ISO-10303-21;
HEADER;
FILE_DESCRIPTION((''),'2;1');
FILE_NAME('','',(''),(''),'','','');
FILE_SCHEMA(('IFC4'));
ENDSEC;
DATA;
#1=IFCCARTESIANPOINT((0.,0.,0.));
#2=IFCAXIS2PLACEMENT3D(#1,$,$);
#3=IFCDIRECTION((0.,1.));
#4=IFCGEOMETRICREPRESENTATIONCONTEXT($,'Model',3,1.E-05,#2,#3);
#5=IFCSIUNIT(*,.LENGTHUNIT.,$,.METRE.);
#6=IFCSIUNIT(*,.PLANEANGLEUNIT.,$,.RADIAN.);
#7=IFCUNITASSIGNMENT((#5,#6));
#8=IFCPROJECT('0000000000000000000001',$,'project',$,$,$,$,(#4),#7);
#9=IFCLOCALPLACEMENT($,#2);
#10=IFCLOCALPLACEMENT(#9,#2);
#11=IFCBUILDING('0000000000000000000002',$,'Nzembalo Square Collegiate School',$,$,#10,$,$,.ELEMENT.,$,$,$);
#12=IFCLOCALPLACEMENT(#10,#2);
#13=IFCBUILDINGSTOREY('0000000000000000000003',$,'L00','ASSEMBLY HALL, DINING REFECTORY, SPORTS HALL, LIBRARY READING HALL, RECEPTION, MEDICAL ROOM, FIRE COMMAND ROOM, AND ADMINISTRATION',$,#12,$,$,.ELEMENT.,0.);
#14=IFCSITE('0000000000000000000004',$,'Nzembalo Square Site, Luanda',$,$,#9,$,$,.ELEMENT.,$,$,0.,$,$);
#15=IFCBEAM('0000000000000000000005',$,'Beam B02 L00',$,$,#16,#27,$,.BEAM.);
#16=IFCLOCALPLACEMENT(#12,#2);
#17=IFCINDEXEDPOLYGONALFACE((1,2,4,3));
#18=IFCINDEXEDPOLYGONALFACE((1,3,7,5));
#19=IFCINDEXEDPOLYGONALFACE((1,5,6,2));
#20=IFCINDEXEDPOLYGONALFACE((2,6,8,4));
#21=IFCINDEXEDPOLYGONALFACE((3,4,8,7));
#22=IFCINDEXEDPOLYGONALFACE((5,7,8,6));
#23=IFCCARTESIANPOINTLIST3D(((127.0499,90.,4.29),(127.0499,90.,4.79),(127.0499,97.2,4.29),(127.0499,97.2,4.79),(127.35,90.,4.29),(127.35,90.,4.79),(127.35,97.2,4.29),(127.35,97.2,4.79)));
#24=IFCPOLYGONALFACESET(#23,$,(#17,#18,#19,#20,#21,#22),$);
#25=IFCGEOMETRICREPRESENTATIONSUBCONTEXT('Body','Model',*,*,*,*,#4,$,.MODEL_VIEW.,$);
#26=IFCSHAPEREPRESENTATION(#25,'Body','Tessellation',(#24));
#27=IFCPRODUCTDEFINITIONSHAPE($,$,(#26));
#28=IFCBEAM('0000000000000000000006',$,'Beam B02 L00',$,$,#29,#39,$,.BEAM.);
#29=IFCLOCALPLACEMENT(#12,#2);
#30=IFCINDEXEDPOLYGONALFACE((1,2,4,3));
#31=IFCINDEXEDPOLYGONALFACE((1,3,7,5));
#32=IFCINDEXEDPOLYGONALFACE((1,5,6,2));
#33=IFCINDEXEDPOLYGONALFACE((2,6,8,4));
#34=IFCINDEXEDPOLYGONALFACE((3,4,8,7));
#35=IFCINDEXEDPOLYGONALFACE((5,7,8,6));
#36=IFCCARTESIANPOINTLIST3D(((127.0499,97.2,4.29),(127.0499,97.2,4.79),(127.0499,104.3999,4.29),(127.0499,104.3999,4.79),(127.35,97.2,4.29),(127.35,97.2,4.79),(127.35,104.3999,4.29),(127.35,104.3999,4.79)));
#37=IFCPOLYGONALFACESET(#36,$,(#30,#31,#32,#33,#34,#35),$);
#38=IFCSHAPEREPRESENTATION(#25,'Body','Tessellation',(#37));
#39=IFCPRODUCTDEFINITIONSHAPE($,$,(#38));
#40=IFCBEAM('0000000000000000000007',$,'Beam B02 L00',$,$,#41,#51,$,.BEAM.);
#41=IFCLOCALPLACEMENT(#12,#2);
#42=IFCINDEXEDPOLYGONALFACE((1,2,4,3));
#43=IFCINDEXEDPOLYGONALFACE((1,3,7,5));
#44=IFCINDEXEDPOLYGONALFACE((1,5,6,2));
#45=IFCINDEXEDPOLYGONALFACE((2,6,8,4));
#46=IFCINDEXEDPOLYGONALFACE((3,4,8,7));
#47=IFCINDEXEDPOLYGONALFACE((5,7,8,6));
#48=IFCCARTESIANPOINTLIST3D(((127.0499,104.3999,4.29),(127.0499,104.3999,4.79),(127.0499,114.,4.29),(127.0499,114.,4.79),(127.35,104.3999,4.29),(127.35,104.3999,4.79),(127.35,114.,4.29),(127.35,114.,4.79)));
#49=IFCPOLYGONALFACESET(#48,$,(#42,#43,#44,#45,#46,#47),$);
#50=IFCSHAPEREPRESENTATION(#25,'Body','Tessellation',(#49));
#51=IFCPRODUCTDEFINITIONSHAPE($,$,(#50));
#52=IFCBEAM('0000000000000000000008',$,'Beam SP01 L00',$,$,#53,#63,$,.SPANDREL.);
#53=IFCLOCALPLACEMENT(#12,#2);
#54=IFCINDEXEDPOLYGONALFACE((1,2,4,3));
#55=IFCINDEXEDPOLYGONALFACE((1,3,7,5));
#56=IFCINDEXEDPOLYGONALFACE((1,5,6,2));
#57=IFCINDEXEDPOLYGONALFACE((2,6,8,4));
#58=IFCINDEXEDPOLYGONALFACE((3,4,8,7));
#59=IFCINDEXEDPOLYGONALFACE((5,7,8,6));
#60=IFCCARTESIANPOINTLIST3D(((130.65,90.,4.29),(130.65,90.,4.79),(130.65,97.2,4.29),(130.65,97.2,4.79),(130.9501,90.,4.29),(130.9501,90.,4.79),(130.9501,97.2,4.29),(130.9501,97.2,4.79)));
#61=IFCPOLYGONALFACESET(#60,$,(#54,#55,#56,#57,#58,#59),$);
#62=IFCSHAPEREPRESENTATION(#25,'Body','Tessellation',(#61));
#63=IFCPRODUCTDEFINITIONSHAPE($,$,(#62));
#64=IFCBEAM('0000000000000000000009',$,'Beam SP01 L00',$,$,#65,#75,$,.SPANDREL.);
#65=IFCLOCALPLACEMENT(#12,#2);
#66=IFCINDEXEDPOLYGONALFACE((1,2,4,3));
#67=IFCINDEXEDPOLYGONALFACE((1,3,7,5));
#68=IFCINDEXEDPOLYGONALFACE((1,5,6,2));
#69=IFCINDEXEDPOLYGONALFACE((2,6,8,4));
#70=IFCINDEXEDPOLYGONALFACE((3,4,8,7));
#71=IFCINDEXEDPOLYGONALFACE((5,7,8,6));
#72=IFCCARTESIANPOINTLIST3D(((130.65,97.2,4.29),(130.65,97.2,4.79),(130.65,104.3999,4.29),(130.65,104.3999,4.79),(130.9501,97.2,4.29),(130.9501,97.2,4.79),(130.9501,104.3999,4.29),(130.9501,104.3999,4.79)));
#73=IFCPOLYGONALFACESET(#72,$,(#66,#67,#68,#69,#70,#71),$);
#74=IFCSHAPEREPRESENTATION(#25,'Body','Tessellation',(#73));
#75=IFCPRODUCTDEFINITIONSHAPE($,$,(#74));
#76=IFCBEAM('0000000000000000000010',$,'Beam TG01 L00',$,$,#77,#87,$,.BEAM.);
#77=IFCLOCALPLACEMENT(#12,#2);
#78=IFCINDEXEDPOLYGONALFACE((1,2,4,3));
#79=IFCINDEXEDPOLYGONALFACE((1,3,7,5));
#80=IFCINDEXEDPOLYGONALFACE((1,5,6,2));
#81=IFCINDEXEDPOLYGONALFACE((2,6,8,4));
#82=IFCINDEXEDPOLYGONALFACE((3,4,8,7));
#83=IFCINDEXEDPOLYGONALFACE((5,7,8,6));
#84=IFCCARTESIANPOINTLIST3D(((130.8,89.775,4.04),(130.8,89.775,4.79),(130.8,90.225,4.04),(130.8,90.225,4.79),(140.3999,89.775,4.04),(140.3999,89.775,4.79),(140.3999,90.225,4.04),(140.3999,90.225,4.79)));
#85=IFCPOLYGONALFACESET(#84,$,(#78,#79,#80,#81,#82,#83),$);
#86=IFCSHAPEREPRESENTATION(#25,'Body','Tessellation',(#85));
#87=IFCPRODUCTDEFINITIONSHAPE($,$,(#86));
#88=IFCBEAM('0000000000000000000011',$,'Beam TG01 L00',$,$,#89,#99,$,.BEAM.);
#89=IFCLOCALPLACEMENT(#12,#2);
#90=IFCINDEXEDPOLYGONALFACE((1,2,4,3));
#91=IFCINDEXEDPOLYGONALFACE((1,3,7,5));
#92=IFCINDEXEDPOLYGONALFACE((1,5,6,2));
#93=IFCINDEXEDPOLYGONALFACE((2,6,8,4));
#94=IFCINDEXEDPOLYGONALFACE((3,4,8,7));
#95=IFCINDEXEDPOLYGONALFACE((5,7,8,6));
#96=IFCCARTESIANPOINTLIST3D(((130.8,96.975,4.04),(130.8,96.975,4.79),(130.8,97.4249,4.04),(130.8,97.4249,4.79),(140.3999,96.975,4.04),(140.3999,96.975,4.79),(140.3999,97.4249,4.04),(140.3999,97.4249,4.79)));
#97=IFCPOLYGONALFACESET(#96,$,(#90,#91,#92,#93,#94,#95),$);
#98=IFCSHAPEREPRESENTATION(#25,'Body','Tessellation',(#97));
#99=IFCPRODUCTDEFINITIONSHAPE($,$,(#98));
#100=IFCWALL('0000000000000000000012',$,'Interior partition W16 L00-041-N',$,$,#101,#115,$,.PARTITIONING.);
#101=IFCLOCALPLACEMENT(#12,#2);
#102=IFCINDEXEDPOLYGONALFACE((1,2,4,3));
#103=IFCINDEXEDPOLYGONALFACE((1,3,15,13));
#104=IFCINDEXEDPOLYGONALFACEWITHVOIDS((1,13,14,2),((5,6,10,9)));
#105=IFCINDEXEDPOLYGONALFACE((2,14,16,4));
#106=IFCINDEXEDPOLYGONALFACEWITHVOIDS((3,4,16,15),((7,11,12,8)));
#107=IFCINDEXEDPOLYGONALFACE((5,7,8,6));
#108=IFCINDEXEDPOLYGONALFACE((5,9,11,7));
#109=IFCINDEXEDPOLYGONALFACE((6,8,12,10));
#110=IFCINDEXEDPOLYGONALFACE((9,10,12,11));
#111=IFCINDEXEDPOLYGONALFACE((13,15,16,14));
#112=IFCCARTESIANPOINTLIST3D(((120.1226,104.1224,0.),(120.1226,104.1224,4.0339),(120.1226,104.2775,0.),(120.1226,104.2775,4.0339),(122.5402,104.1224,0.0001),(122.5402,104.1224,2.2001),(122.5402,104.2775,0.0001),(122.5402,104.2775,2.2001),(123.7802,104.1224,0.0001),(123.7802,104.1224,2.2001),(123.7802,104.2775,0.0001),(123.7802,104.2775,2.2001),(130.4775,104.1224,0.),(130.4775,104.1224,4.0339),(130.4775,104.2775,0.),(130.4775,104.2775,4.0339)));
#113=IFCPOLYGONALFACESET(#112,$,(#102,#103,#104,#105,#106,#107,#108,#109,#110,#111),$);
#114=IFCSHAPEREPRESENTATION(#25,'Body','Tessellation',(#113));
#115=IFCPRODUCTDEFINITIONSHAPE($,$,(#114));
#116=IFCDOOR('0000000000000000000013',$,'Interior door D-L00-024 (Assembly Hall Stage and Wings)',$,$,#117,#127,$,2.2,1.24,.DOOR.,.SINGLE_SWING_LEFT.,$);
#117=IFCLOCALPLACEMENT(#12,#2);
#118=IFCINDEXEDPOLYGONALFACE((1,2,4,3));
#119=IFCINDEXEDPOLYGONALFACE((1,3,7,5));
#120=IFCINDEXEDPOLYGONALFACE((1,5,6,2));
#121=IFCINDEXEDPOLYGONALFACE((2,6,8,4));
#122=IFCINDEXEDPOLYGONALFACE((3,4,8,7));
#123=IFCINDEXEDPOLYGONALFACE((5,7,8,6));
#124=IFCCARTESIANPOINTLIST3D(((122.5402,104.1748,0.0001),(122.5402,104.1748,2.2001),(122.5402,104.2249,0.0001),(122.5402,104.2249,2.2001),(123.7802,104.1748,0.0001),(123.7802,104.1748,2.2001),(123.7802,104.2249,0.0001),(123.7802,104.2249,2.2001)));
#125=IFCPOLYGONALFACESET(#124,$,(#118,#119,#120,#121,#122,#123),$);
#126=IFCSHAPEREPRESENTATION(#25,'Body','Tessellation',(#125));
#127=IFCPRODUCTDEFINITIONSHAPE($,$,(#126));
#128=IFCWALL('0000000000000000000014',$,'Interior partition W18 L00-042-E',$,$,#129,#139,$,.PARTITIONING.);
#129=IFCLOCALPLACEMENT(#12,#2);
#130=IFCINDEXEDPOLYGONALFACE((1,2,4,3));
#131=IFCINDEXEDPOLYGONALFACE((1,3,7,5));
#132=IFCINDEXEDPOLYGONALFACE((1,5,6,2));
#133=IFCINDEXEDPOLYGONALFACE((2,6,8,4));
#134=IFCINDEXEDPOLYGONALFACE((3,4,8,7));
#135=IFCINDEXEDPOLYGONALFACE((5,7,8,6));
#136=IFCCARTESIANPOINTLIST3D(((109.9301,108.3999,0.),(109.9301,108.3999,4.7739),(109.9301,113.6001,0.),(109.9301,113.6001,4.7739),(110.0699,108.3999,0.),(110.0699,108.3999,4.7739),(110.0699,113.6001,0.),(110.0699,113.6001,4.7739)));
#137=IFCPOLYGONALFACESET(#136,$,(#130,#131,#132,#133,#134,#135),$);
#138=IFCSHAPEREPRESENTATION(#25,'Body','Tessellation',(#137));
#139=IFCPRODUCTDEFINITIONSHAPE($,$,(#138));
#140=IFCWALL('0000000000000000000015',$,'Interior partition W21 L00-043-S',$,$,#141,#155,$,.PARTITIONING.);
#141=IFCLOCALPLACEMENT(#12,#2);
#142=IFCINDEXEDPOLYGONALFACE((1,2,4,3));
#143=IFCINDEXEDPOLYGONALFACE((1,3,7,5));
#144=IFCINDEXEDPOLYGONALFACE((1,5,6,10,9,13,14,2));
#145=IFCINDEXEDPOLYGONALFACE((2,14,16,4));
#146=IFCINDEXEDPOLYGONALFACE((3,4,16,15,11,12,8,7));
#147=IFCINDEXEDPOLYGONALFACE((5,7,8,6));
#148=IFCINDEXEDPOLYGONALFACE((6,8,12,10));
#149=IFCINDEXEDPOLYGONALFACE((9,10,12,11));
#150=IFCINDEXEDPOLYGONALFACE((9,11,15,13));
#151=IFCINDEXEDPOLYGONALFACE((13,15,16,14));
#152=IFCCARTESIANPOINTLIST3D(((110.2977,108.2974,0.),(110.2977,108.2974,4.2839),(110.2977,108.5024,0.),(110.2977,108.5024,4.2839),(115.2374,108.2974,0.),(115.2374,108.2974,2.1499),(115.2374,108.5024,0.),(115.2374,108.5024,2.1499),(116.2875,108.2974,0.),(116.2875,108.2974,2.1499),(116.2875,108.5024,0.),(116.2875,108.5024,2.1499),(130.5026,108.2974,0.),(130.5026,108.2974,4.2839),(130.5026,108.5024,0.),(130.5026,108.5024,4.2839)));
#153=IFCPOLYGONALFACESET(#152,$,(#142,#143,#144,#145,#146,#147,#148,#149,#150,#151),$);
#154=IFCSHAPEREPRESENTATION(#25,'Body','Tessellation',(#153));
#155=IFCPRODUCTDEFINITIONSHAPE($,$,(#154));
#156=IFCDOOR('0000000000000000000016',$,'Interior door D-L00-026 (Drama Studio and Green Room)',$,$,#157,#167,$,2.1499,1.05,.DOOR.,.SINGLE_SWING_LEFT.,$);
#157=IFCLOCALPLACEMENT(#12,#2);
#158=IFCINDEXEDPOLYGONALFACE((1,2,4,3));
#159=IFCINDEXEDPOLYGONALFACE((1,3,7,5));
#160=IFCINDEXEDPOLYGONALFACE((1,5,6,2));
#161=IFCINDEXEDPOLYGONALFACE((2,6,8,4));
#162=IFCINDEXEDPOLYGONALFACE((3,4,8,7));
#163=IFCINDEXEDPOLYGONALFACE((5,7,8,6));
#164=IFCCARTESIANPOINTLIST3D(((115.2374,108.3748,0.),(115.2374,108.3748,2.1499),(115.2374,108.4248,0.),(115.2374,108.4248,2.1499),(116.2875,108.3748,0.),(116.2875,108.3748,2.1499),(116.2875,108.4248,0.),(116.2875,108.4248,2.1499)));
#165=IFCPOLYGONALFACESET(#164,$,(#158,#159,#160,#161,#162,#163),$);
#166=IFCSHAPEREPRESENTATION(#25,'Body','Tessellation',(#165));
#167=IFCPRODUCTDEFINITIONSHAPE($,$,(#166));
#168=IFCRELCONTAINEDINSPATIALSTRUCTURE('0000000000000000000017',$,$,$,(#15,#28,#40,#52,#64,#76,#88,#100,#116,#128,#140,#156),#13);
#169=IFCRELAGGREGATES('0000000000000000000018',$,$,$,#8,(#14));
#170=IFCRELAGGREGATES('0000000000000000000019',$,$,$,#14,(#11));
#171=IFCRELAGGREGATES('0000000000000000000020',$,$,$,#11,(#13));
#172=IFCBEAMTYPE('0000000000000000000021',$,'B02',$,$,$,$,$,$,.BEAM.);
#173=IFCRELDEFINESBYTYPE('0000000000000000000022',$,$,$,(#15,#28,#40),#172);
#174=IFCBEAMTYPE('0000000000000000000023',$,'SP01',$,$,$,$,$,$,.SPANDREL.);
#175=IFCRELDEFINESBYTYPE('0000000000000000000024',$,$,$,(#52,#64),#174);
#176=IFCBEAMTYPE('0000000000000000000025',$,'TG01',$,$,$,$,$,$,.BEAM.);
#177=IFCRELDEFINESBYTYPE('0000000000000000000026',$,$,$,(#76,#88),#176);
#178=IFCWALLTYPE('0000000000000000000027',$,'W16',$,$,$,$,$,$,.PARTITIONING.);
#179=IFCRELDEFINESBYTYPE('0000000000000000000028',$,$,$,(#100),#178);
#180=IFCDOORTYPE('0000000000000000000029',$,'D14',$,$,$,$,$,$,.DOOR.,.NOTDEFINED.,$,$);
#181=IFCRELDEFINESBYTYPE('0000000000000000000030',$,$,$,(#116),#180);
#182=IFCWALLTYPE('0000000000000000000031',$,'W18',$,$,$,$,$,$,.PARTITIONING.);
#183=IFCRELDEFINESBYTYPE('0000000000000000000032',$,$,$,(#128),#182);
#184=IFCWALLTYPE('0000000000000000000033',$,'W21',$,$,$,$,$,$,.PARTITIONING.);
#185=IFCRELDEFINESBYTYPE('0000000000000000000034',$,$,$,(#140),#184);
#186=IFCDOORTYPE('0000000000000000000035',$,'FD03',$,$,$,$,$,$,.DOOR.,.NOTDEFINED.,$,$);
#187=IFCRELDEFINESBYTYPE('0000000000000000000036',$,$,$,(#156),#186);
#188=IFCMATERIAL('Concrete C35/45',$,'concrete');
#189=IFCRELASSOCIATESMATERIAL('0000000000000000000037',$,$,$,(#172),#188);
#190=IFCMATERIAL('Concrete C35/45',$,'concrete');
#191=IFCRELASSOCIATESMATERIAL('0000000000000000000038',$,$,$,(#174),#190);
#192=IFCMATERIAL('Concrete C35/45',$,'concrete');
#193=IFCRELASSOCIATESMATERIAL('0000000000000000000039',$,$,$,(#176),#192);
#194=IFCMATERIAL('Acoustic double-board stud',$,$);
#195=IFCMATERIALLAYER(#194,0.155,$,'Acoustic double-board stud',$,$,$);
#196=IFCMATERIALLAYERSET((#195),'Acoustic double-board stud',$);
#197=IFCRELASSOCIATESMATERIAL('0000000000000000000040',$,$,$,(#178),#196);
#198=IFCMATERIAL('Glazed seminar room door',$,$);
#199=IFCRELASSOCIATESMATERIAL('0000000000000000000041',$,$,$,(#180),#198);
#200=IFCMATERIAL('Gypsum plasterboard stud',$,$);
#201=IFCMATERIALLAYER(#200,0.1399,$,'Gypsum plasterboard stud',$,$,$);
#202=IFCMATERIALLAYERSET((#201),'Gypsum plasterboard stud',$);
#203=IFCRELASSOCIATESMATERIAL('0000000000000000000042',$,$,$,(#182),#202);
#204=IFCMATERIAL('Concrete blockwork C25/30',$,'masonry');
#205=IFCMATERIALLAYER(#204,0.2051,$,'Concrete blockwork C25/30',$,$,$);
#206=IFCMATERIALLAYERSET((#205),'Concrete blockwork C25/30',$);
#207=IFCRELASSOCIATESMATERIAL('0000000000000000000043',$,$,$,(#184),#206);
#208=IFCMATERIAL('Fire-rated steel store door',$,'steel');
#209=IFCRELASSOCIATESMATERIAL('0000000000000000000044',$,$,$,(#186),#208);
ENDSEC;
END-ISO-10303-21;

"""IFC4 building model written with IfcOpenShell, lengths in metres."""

from ifc_helpers import new_model, si_unit, direction, frame, frame_2d, origin, origin_2d, place, context, subcontext, project, spatial, rectangle, extrude, material, layer, layer_set, material_profile, profile_set, type_object, element, fill, save


model = new_model("IFC4")

# Units and contexts
model_context = context("Model", 3, precision=1e-05, world=origin(), true_north=direction((0.0, 1.0)))
body_context = subcontext(model_context, "Body", "Model", "MODEL_VIEW")
ifc_project = project(units=[si_unit("LENGTHUNIT", "METRE"), si_unit("PLANEANGLEUNIT", "RADIAN")], contexts=[model_context])

# Site, building, storey
site_placement = place(None, origin())
site = spatial("IfcSite", under=ifc_project, at=site_placement, Name="Nzembalo Square Site, Luanda", CompositionType="ELEMENT", RefElevation=0.0)
building_placement = place(site_placement, origin())
building = spatial("IfcBuilding", under=site, at=building_placement, Name="Nzembalo Square Collegiate School", CompositionType="ELEMENT")
storey_placement = place(building_placement, origin())
storey = spatial("IfcBuildingStorey", under=building, at=storey_placement, Name="L00", Description="ASSEMBLY HALL, DINING REFECTORY, SPORTS HALL, LIBRARY READING HALL, RECEPTION, MEDICAL ROOM, FIRE COMMAND ROOM, AND ADMINISTRATION", CompositionType="ELEMENT", Elevation=0.0)

# Beams
ifc_material_1 = material(Name="Concrete C35/45", Category="concrete")
ifc_material_profile_1 = material_profile(ifc_material_1, rectangle(XDim=0.3, YDim=0.5, at=origin_2d()), Name="RC 300x500")
ifc_profile_set_1 = profile_set([ifc_material_profile_1], Name="Concrete C35/45")
beam_type_1 = type_object("IfcBeamType", Name="B02", PredefinedType="BEAM", material=ifc_profile_set_1)
for number, where, z_axis, x_axis, name in (
    (1, (127.2, 90.0, 4.54), (0.0, 1.0, 0.0), (-1.0, 0.0, 0.0), "Beam B02 L00"),
    (2, (127.2, 97.2, 4.54), (0.0, 1.0, 0.0), (-1.0, 0.0, 0.0), "Beam B02 L00"),
):
    element("IfcBeam", number, at=place(storey_placement, frame(where, z_axis=z_axis, x_axis=x_axis)), inside=storey, type_object=beam_type_1, Name=name, PredefinedType="BEAM", context=body_context, shape_type="SweptSolid", body=[
        extrude(rectangle(XDim=0.3, YDim=0.5, at=origin_2d()), origin(), (0.0, 0.0, 1.0), 7.2),
    ])
beam_1_placement = place(storey_placement, frame((127.2, 104.3999, 4.54), z_axis=(0.0, 1.0, 0.0), x_axis=(-1.0, 0.0, 0.0)))
element("IfcBeam", 3, at=beam_1_placement, inside=storey, type_object=beam_type_1, Name="Beam B02 L00", PredefinedType="BEAM", context=body_context, shape_type="SweptSolid", body=[
    extrude(rectangle(XDim=0.3, YDim=0.5, at=origin_2d()), origin(), (0.0, 0.0, 1.0), 9.6001),
])
ifc_material_2 = material(Name="Concrete C35/45", Category="concrete")
ifc_material_profile_2 = material_profile(ifc_material_2, rectangle(XDim=0.3, YDim=0.5, at=origin_2d()), Name="RC 300x500")
ifc_profile_set_2 = profile_set([ifc_material_profile_2], Name="Concrete C35/45")
beam_type_2 = type_object("IfcBeamType", Name="SP01", PredefinedType="SPANDREL", material=ifc_profile_set_2)
for number, where, z_axis, x_axis, name in (
    (4, (130.8, 90.0, 4.54), (0.0, 1.0, 0.0), (-1.0, 0.0, 0.0), "Beam SP01 L00"),
    (5, (130.8, 97.2, 4.54), (0.0, 1.0, 0.0), (-1.0, 0.0, 0.0), "Beam SP01 L00"),
):
    element("IfcBeam", number, at=place(storey_placement, frame(where, z_axis=z_axis, x_axis=x_axis)), inside=storey, type_object=beam_type_2, Name=name, PredefinedType="SPANDREL", context=body_context, shape_type="SweptSolid", body=[
        extrude(rectangle(XDim=0.3, YDim=0.5, at=origin_2d()), origin(), (0.0, 0.0, 1.0), 7.2),
    ])
ifc_material_3 = material(Name="Concrete C35/45", Category="concrete")
ifc_material_profile_3 = material_profile(ifc_material_3, rectangle(XDim=0.45, YDim=0.75, at=origin_2d()), Name="RC 450x750")
ifc_profile_set_3 = profile_set([ifc_material_profile_3], Name="Concrete C35/45")
beam_type_3 = type_object("IfcBeamType", Name="TG01", PredefinedType="BEAM", material=ifc_profile_set_3)
for number, where, z_axis, x_axis, name in (
    (6, (130.8, 90.0, 4.415), (1.0, 0.0, 0.0), (0.0, 1.0, 0.0), "Beam TG01 L00"),
    (7, (130.8, 97.2, 4.415), (1.0, 0.0, 0.0), (0.0, 1.0, 0.0), "Beam TG01 L00"),
):
    element("IfcBeam", number, at=place(storey_placement, frame(where, z_axis=z_axis, x_axis=x_axis)), inside=storey, type_object=beam_type_3, Name=name, PredefinedType="BEAM", context=body_context, shape_type="SweptSolid", body=[
        extrude(rectangle(XDim=0.45, YDim=0.75, at=origin_2d()), origin(), (0.0, 0.0, 1.0), 9.5999),
    ])

# Wall, opening, door
ifc_material_4 = material(Name="Acoustic double-board stud")
ifc_layer_1 = layer(ifc_material_4, 0.155, Name="Acoustic double-board stud")
ifc_layer_set_1 = layer_set([ifc_layer_1], Name="Acoustic double-board stud")
wall_type_1 = type_object("IfcWallType", Name="W16", PredefinedType="PARTITIONING", material=ifc_layer_set_1)
wall_1_placement = place(storey_placement, frame((120.1226, 104.2, 0.0), z_axis=(0.0, 0.0, 1.0), x_axis=(1.0, 0.0, 0.0)))
wall_1 = element("IfcWall", 8, at=wall_1_placement, inside=storey, type_object=wall_type_1, Name="Interior partition W16 L00-041-N", PredefinedType="PARTITIONING", context=body_context, shape_type="SweptSolid", body=[
    extrude(rectangle(XDim=10.355, YDim=0.155, at=frame_2d((5.1775, 0.0))), origin(), (0.0, 0.0, 1.0), 4.0339),
])
opening_1_placement = place(wall_1_placement, frame((2.4175, 0.0, 0.0)))
opening_1 = element("IfcOpeningElement", 9, at=opening_1_placement, cuts=wall_1, PredefinedType="OPENING", context=body_context, shape_type="SweptSolid", body=[
    extrude(rectangle(XDim=1.24, YDim=2.2, at=frame_2d((0.6201, 1.1001))), frame((0.0, 0.0874, 0.0), z_axis=(0.0, -1.0, 0.0), x_axis=(1.0, 0.0, 0.0)), (0.0, 0.0, 1.0), 0.175),
])
ifc_material_5 = material(Name="Glazed seminar room door")
door_type_1 = type_object("IfcDoorType", Name="D14", OperationType="NOTDEFINED", PredefinedType="DOOR", material=ifc_material_5)
door_1_placement = place(opening_1_placement, origin())
door_1 = element("IfcDoor", 10, at=door_1_placement, inside=storey, type_object=door_type_1, Name="Interior door D-L00-024 (Assembly Hall Stage and Wings)", OperationType="SINGLE_SWING_LEFT", OverallHeight=2.2, OverallWidth=1.24, PredefinedType="DOOR", context=body_context, shape_type="SweptSolid", body=[
    extrude(rectangle(XDim=1.24, YDim=2.2, at=frame_2d((0.6201, 1.1001))), frame((0.0, 0.0249, 0.0), z_axis=(0.0, -1.0, 0.0), x_axis=(1.0, 0.0, 0.0)), (0.0, 0.0, 1.0), 0.05),
])
fill(opening_1, door_1)

# Wall
ifc_material_6 = material(Name="Gypsum plasterboard stud")
ifc_layer_2 = layer(ifc_material_6, 0.1399, Name="Gypsum plasterboard stud")
ifc_layer_set_2 = layer_set([ifc_layer_2], Name="Gypsum plasterboard stud")
wall_type_2 = type_object("IfcWallType", Name="W18", PredefinedType="PARTITIONING", material=ifc_layer_set_2)
wall_2_placement = place(storey_placement, frame((110.0, 108.3999, 0.0), z_axis=(0.0, 0.0, 1.0), x_axis=(0.0, 1.0, 0.0)))
element("IfcWall", 11, at=wall_2_placement, inside=storey, type_object=wall_type_2, Name="Interior partition W18 L00-042-E", PredefinedType="PARTITIONING", context=body_context, shape_type="SweptSolid", body=[
    extrude(rectangle(XDim=5.2002, YDim=0.1399, at=frame_2d((2.6001, 0.0))), origin(), (0.0, 0.0, 1.0), 4.7739),
])

# Wall, opening, door
ifc_material_7 = material(Name="Concrete blockwork C25/30", Category="masonry")
ifc_layer_3 = layer(ifc_material_7, 0.2051, Name="Concrete blockwork C25/30")
ifc_layer_set_3 = layer_set([ifc_layer_3], Name="Concrete blockwork C25/30")
wall_type_3 = type_object("IfcWallType", Name="W21", PredefinedType="PARTITIONING", material=ifc_layer_set_3)
wall_3_placement = place(storey_placement, frame((110.2976, 108.3999, 0.0), z_axis=(0.0, 0.0, 1.0), x_axis=(1.0, 0.0, 0.0)))
wall_3 = element("IfcWall", 12, at=wall_3_placement, inside=storey, type_object=wall_type_3, Name="Interior partition W21 L00-043-S", PredefinedType="PARTITIONING", context=body_context, shape_type="SweptSolid", body=[
    extrude(rectangle(XDim=20.2048, YDim=0.2051, at=frame_2d((10.1025, 0.0))), origin(), (0.0, 0.0, 1.0), 4.2839),
])
opening_2_placement = place(wall_3_placement, frame((4.9399, 0.0, 0.0)))
opening_2 = element("IfcOpeningElement", 13, at=opening_2_placement, cuts=wall_3, PredefinedType="OPENING", context=body_context, shape_type="SweptSolid", body=[
    extrude(rectangle(XDim=1.05, YDim=2.1499, at=frame_2d((0.5249, 1.075))), frame((0.0, 0.1125, 0.0), z_axis=(0.0, -1.0, 0.0), x_axis=(1.0, 0.0, 0.0)), (0.0, 0.0, 1.0), 0.2251),
])
ifc_material_8 = material(Name="Fire-rated steel store door", Category="steel")
door_type_2 = type_object("IfcDoorType", Name="FD03", OperationType="NOTDEFINED", PredefinedType="DOOR", material=ifc_material_8)
door_2_placement = place(opening_2_placement, origin())
door_2 = element("IfcDoor", 14, at=door_2_placement, inside=storey, type_object=door_type_2, Name="Interior door D-L00-026 (Drama Studio and Green Room)", OperationType="SINGLE_SWING_LEFT", OverallHeight=2.1499, OverallWidth=1.05, PredefinedType="DOOR", context=body_context, shape_type="SweptSolid", body=[
    extrude(rectangle(XDim=1.05, YDim=2.1499, at=frame_2d((0.5249, 1.075))), frame((0.0, 0.0249, 0.0), z_axis=(0.0, -1.0, 0.0), x_axis=(1.0, 0.0, 0.0)), (0.0, 0.0, 1.0), 0.05),
])
fill(opening_2, door_2)

save(model, "model.ifc")
